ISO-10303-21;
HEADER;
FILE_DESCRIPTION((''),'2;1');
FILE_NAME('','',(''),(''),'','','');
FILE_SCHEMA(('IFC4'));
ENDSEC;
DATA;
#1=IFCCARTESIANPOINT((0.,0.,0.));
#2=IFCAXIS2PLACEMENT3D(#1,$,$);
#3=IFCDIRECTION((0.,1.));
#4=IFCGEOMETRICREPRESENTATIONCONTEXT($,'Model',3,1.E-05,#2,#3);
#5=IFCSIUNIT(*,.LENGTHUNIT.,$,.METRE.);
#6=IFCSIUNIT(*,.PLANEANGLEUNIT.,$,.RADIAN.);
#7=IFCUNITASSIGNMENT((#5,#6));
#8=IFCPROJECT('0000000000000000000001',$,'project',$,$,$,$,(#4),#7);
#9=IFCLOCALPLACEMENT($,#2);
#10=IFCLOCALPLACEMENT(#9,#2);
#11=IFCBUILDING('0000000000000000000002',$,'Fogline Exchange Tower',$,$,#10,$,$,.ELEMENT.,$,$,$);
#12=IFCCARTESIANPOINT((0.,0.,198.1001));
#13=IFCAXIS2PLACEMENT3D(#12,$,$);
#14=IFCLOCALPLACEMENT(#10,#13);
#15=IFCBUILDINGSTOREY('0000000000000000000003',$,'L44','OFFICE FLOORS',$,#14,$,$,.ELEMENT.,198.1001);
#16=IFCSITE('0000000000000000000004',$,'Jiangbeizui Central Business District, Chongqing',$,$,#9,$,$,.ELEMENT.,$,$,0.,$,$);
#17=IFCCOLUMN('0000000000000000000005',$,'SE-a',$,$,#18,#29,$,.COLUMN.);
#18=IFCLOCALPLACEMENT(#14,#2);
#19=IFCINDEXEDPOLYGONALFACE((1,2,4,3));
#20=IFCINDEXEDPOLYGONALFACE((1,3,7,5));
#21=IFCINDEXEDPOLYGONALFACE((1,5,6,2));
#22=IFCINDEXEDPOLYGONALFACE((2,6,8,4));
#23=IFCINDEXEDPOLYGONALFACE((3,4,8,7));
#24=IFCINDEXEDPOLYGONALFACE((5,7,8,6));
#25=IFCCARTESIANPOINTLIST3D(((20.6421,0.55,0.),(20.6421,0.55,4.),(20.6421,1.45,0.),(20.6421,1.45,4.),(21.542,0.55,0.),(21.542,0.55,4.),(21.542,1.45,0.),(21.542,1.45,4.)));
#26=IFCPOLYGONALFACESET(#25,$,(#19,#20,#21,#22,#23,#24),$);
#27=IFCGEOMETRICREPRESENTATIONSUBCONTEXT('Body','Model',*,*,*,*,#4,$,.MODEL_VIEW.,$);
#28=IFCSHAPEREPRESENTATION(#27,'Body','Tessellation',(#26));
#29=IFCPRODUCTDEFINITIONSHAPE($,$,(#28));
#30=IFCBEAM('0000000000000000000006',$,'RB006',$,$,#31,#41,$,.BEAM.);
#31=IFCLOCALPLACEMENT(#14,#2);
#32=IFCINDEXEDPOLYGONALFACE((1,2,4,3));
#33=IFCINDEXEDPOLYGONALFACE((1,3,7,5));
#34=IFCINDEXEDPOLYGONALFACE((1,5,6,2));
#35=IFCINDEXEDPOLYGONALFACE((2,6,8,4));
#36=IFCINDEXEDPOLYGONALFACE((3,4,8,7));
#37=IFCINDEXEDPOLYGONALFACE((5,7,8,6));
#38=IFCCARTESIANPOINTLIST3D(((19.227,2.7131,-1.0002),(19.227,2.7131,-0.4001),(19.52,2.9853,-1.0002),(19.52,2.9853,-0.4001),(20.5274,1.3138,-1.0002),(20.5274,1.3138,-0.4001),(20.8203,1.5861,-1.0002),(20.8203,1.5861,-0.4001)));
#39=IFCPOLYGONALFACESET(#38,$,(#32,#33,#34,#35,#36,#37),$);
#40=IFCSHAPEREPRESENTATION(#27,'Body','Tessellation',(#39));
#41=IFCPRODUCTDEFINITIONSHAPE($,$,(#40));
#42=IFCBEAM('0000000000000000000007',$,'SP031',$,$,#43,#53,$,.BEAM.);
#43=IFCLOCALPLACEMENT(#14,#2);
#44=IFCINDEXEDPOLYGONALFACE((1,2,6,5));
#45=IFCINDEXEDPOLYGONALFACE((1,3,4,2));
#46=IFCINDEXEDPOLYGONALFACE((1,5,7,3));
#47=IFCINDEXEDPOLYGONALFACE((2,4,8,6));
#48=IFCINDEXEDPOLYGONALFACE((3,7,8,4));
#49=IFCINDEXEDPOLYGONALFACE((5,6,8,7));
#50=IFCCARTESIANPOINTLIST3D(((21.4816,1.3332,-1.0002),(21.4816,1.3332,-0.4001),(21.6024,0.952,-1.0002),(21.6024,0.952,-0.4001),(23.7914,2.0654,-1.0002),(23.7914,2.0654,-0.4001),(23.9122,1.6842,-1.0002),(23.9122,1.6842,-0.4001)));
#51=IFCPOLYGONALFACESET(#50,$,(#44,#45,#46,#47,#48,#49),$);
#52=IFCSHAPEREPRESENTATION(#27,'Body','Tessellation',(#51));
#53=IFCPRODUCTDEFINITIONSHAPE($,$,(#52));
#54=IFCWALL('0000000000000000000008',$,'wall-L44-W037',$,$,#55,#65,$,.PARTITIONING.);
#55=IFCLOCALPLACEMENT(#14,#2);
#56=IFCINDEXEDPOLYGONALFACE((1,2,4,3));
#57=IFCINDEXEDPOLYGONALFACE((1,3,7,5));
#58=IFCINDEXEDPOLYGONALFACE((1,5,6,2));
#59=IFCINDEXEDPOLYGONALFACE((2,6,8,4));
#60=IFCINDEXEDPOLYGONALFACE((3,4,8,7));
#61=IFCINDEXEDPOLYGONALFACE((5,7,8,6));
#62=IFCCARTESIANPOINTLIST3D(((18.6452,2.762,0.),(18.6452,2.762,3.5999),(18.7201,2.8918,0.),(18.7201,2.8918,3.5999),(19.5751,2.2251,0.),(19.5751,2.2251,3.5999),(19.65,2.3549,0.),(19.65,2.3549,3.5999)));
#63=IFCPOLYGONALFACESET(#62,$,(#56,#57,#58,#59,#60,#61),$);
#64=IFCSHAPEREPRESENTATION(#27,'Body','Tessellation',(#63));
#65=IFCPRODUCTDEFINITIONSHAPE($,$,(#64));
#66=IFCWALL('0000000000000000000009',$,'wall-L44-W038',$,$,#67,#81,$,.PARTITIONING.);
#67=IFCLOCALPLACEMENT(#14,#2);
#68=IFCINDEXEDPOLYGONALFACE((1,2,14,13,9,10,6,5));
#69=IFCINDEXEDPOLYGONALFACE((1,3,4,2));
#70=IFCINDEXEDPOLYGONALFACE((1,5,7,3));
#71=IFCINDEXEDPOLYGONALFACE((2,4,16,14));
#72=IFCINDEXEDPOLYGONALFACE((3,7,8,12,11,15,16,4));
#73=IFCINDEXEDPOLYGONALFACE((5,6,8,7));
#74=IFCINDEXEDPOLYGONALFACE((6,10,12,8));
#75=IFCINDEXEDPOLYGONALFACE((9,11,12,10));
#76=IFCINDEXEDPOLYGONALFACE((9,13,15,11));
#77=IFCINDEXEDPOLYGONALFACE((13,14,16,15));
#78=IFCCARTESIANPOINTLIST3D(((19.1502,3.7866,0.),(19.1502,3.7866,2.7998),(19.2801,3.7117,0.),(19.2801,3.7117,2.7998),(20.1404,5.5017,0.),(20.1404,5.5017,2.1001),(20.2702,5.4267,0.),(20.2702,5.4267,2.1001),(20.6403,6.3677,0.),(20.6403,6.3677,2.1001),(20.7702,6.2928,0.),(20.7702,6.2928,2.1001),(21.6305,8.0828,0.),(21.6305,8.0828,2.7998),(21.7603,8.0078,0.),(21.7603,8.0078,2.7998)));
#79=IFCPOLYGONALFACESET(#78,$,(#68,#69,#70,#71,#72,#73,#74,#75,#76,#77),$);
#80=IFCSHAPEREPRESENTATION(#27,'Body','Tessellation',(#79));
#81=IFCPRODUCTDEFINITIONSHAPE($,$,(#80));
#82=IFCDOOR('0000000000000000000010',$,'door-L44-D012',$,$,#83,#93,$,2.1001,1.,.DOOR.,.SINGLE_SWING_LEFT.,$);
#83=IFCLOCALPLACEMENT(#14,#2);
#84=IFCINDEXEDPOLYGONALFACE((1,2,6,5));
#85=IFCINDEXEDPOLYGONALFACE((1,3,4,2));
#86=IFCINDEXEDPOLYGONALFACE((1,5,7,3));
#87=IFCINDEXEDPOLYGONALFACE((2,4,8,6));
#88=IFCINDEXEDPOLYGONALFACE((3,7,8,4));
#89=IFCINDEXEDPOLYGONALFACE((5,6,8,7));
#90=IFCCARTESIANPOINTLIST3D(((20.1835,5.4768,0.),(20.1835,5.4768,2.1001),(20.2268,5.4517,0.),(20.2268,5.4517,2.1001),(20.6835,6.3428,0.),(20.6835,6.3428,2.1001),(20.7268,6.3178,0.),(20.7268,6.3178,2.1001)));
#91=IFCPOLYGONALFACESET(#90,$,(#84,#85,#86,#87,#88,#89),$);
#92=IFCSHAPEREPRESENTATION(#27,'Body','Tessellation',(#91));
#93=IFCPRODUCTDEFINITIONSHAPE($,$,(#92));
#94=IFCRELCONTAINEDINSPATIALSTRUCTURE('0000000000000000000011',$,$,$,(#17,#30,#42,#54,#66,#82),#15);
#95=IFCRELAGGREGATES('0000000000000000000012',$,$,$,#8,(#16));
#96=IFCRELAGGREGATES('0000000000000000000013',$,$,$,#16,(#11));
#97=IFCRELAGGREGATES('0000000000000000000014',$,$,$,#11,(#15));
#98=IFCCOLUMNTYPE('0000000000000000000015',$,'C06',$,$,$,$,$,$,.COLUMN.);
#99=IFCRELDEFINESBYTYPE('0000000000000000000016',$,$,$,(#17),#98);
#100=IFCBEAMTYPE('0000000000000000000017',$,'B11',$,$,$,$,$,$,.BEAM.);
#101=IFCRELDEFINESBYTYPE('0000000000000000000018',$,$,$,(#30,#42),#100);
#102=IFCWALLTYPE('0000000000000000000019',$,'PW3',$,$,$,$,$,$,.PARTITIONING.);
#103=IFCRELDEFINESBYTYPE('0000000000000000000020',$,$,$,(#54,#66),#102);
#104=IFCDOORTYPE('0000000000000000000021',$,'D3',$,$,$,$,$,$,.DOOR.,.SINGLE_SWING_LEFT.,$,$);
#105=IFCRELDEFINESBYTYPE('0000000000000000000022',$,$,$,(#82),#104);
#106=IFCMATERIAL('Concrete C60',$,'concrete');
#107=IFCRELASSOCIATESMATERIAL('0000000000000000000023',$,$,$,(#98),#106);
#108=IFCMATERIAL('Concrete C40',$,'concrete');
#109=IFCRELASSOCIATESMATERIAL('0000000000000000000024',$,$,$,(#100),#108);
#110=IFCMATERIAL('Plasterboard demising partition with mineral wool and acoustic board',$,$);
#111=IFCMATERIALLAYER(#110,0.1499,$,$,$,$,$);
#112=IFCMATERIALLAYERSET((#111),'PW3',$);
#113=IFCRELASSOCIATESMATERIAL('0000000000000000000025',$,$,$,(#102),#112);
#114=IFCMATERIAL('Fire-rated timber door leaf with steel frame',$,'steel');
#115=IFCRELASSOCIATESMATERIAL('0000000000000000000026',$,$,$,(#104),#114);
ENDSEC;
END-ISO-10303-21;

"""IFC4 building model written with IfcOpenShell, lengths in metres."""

from ifc_helpers import new_model, si_unit, direction, frame, frame_2d, origin, origin_2d, place, context, subcontext, project, spatial, rectangle, extrude, material, layer, layer_set, material_profile, profile_set, type_object, element, fill, save


model = new_model("IFC4")

# Units and contexts
model_context = context("Model", 3, precision=1e-05, world=origin(), true_north=direction((0.0, 1.0)))
body_context = subcontext(model_context, "Body", "Model", "MODEL_VIEW")
ifc_project = project(units=[si_unit("LENGTHUNIT", "METRE"), si_unit("PLANEANGLEUNIT", "RADIAN")], contexts=[model_context])

# Site, building, storey
site_placement = place(None, origin())
site = spatial("IfcSite", under=ifc_project, at=site_placement, Name="Jiangbeizui Central Business District, Chongqing", CompositionType="ELEMENT", RefElevation=0.0)
building_placement = place(site_placement, origin())
building = spatial("IfcBuilding", under=site, at=building_placement, Name="Fogline Exchange Tower", CompositionType="ELEMENT")
storey_placement = place(building_placement, frame((0.0, 0.0, 198.1001)))
storey = spatial("IfcBuildingStorey", under=building, at=storey_placement, Name="L44", Description="OFFICE FLOORS", CompositionType="ELEMENT", Elevation=198.1001)

# Column
ifc_material_1 = material(Name="Concrete C60", Category="concrete")
ifc_material_profile_1 = material_profile(ifc_material_1, rectangle(XDim=0.8999, YDim=0.8999, at=origin_2d()), Name="RC 900x900")
ifc_profile_set_1 = profile_set([ifc_material_profile_1], Name="Concrete C60")
column_type = type_object("IfcColumnType", Name="C06", PredefinedType="COLUMN", material=ifc_profile_set_1)
column_placement = place(storey_placement, frame((21.092, 1.0, 0.0), z_axis=(0.0, 0.0, 1.0), x_axis=(1.0, 0.0, 0.0)))
element("IfcColumn", 1, at=column_placement, inside=storey, type_object=column_type, Name="SE-a", PredefinedType="COLUMN", context=body_context, shape_type="SweptSolid", body=[
    extrude(rectangle(XDim=0.8999, YDim=0.8999, at=origin_2d()), origin(), (0.0, 0.0, 1.0), 4.0),
])

# Beams
ifc_material_2 = material(Name="Concrete C40", Category="concrete")
ifc_material_profile_2 = material_profile(ifc_material_2, rectangle(XDim=0.3999, YDim=0.6001, at=origin_2d()), Name="RC 400x600")
ifc_profile_set_2 = profile_set([ifc_material_profile_2], Name="Concrete C40")
beam_type = type_object("IfcBeamType", Name="B11", PredefinedType="BEAM", material=ifc_profile_set_2)
beam_1_placement = place(storey_placement, frame((20.6738, 1.45, -0.7002), z_axis=(-0.68075, 0.732516, 0.0), x_axis=(-0.732516, -0.68075, 0.0)))
element("IfcBeam", 2, at=beam_1_placement, inside=storey, type_object=beam_type, Name="RB006", PredefinedType="BEAM", context=body_context, shape_type="SweptSolid", body=[
    extrude(rectangle(XDim=0.3999, YDim=0.6001, at=origin_2d()), origin(), (0.0, 0.0, 1.0), 1.9102),
])
beam_2_placement = place(storey_placement, frame((21.542, 1.1426, -0.7002), z_axis=(0.953255, 0.302168, 0.0), x_axis=(-0.302168, 0.953255, 0.0)))
element("IfcBeam", 3, at=beam_2_placement, inside=storey, type_object=beam_type, Name="SP031", PredefinedType="BEAM", context=body_context, shape_type="SweptSolid", body=[
    extrude(rectangle(XDim=0.3999, YDim=0.6001, at=origin_2d()), origin(), (0.0, 0.0, 1.0), 2.4231),
])

# Wall
ifc_material_3 = material(Name="Plasterboard demising partition with mineral wool and acoustic board")
ifc_layer_1 = layer(ifc_material_3, 0.1499)
ifc_layer_set_1 = layer_set([ifc_layer_1], Name="PW3")
wall_type_1 = type_object("IfcWallType", Name="PW3", PredefinedType="PARTITIONING", material=ifc_layer_set_1)
wall_1_placement = place(storey_placement, frame((19.6125, 2.29, 0.0), z_axis=(0.0, 0.0, 1.0), x_axis=(-0.866038, 0.499978, 0.0)))
element("IfcWall", 4, at=wall_1_placement, inside=storey, type_object=wall_type_1, Name="wall-L44-W037", PredefinedType="PARTITIONING", context=body_context, shape_type="SweptSolid", body=[
    extrude(rectangle(XDim=1.0737, YDim=0.1499, at=frame_2d((0.5369, 0.0))), origin(), (0.0, 0.0, 1.0), 3.5999),
])

# Wall, opening, door
wall_2_placement = place(storey_placement, frame((19.2151, 3.749, 0.0), z_axis=(0.0, 0.0, 1.0), x_axis=(0.499977, 0.866039, 0.0)))
wall_2 = element("IfcWall", 5, at=wall_2_placement, inside=storey, type_object=wall_type_1, Name="wall-L44-W038", PredefinedType="PARTITIONING", context=body_context, shape_type="SweptSolid", body=[
    extrude(rectangle(XDim=4.9607, YDim=0.1499, at=frame_2d((2.4805, 0.0))), origin(), (0.0, 0.0, 1.0), 2.7998),
])
opening_1_placement = place(wall_2_placement, frame((1.9805, 0.0, 0.0)))
opening_1 = element("IfcOpeningElement", 6, at=opening_1_placement, cuts=wall_2, PredefinedType="OPENING", context=body_context, shape_type="SweptSolid", body=[
    extrude(rectangle(XDim=1.0, YDim=2.1001, at=frame_2d((0.5, 1.05))), frame((0.0, 0.085, 0.0), z_axis=(0.0, -1.0, 0.0), x_axis=(1.0, 0.0, 0.0)), (0.0, 0.0, 1.0), 0.1699),
])
ifc_material_4 = material(Name="Fire-rated timber door leaf with steel frame", Category="steel")
door_type_1 = type_object("IfcDoorType", Name="D3", OperationType="SINGLE_SWING_LEFT", PredefinedType="DOOR", material=ifc_material_4)
door_1_placement = place(opening_1_placement, frame((1.0, 0.0, 0.0), z_axis=(0.0, 0.0, 1.0), x_axis=(-1.0, 0.0, 0.0)))
door_1 = element("IfcDoor", 7, at=door_1_placement, inside=storey, type_object=door_type_1, Name="door-L44-D012", OperationType="SINGLE_SWING_LEFT", OverallHeight=2.1001, OverallWidth=1.0, PredefinedType="DOOR", context=body_context, shape_type="SweptSolid", body=[
    extrude(rectangle(XDim=1.0, YDim=2.1001, at=frame_2d((0.5, 1.05))), frame((0.0, 0.0249, 0.0), z_axis=(0.0, -1.0, 0.0), x_axis=(1.0, 0.0, 0.0)), (0.0, 0.0, 1.0), 0.05),
])
fill(opening_1, door_1)

save(model, "model.ifc")
